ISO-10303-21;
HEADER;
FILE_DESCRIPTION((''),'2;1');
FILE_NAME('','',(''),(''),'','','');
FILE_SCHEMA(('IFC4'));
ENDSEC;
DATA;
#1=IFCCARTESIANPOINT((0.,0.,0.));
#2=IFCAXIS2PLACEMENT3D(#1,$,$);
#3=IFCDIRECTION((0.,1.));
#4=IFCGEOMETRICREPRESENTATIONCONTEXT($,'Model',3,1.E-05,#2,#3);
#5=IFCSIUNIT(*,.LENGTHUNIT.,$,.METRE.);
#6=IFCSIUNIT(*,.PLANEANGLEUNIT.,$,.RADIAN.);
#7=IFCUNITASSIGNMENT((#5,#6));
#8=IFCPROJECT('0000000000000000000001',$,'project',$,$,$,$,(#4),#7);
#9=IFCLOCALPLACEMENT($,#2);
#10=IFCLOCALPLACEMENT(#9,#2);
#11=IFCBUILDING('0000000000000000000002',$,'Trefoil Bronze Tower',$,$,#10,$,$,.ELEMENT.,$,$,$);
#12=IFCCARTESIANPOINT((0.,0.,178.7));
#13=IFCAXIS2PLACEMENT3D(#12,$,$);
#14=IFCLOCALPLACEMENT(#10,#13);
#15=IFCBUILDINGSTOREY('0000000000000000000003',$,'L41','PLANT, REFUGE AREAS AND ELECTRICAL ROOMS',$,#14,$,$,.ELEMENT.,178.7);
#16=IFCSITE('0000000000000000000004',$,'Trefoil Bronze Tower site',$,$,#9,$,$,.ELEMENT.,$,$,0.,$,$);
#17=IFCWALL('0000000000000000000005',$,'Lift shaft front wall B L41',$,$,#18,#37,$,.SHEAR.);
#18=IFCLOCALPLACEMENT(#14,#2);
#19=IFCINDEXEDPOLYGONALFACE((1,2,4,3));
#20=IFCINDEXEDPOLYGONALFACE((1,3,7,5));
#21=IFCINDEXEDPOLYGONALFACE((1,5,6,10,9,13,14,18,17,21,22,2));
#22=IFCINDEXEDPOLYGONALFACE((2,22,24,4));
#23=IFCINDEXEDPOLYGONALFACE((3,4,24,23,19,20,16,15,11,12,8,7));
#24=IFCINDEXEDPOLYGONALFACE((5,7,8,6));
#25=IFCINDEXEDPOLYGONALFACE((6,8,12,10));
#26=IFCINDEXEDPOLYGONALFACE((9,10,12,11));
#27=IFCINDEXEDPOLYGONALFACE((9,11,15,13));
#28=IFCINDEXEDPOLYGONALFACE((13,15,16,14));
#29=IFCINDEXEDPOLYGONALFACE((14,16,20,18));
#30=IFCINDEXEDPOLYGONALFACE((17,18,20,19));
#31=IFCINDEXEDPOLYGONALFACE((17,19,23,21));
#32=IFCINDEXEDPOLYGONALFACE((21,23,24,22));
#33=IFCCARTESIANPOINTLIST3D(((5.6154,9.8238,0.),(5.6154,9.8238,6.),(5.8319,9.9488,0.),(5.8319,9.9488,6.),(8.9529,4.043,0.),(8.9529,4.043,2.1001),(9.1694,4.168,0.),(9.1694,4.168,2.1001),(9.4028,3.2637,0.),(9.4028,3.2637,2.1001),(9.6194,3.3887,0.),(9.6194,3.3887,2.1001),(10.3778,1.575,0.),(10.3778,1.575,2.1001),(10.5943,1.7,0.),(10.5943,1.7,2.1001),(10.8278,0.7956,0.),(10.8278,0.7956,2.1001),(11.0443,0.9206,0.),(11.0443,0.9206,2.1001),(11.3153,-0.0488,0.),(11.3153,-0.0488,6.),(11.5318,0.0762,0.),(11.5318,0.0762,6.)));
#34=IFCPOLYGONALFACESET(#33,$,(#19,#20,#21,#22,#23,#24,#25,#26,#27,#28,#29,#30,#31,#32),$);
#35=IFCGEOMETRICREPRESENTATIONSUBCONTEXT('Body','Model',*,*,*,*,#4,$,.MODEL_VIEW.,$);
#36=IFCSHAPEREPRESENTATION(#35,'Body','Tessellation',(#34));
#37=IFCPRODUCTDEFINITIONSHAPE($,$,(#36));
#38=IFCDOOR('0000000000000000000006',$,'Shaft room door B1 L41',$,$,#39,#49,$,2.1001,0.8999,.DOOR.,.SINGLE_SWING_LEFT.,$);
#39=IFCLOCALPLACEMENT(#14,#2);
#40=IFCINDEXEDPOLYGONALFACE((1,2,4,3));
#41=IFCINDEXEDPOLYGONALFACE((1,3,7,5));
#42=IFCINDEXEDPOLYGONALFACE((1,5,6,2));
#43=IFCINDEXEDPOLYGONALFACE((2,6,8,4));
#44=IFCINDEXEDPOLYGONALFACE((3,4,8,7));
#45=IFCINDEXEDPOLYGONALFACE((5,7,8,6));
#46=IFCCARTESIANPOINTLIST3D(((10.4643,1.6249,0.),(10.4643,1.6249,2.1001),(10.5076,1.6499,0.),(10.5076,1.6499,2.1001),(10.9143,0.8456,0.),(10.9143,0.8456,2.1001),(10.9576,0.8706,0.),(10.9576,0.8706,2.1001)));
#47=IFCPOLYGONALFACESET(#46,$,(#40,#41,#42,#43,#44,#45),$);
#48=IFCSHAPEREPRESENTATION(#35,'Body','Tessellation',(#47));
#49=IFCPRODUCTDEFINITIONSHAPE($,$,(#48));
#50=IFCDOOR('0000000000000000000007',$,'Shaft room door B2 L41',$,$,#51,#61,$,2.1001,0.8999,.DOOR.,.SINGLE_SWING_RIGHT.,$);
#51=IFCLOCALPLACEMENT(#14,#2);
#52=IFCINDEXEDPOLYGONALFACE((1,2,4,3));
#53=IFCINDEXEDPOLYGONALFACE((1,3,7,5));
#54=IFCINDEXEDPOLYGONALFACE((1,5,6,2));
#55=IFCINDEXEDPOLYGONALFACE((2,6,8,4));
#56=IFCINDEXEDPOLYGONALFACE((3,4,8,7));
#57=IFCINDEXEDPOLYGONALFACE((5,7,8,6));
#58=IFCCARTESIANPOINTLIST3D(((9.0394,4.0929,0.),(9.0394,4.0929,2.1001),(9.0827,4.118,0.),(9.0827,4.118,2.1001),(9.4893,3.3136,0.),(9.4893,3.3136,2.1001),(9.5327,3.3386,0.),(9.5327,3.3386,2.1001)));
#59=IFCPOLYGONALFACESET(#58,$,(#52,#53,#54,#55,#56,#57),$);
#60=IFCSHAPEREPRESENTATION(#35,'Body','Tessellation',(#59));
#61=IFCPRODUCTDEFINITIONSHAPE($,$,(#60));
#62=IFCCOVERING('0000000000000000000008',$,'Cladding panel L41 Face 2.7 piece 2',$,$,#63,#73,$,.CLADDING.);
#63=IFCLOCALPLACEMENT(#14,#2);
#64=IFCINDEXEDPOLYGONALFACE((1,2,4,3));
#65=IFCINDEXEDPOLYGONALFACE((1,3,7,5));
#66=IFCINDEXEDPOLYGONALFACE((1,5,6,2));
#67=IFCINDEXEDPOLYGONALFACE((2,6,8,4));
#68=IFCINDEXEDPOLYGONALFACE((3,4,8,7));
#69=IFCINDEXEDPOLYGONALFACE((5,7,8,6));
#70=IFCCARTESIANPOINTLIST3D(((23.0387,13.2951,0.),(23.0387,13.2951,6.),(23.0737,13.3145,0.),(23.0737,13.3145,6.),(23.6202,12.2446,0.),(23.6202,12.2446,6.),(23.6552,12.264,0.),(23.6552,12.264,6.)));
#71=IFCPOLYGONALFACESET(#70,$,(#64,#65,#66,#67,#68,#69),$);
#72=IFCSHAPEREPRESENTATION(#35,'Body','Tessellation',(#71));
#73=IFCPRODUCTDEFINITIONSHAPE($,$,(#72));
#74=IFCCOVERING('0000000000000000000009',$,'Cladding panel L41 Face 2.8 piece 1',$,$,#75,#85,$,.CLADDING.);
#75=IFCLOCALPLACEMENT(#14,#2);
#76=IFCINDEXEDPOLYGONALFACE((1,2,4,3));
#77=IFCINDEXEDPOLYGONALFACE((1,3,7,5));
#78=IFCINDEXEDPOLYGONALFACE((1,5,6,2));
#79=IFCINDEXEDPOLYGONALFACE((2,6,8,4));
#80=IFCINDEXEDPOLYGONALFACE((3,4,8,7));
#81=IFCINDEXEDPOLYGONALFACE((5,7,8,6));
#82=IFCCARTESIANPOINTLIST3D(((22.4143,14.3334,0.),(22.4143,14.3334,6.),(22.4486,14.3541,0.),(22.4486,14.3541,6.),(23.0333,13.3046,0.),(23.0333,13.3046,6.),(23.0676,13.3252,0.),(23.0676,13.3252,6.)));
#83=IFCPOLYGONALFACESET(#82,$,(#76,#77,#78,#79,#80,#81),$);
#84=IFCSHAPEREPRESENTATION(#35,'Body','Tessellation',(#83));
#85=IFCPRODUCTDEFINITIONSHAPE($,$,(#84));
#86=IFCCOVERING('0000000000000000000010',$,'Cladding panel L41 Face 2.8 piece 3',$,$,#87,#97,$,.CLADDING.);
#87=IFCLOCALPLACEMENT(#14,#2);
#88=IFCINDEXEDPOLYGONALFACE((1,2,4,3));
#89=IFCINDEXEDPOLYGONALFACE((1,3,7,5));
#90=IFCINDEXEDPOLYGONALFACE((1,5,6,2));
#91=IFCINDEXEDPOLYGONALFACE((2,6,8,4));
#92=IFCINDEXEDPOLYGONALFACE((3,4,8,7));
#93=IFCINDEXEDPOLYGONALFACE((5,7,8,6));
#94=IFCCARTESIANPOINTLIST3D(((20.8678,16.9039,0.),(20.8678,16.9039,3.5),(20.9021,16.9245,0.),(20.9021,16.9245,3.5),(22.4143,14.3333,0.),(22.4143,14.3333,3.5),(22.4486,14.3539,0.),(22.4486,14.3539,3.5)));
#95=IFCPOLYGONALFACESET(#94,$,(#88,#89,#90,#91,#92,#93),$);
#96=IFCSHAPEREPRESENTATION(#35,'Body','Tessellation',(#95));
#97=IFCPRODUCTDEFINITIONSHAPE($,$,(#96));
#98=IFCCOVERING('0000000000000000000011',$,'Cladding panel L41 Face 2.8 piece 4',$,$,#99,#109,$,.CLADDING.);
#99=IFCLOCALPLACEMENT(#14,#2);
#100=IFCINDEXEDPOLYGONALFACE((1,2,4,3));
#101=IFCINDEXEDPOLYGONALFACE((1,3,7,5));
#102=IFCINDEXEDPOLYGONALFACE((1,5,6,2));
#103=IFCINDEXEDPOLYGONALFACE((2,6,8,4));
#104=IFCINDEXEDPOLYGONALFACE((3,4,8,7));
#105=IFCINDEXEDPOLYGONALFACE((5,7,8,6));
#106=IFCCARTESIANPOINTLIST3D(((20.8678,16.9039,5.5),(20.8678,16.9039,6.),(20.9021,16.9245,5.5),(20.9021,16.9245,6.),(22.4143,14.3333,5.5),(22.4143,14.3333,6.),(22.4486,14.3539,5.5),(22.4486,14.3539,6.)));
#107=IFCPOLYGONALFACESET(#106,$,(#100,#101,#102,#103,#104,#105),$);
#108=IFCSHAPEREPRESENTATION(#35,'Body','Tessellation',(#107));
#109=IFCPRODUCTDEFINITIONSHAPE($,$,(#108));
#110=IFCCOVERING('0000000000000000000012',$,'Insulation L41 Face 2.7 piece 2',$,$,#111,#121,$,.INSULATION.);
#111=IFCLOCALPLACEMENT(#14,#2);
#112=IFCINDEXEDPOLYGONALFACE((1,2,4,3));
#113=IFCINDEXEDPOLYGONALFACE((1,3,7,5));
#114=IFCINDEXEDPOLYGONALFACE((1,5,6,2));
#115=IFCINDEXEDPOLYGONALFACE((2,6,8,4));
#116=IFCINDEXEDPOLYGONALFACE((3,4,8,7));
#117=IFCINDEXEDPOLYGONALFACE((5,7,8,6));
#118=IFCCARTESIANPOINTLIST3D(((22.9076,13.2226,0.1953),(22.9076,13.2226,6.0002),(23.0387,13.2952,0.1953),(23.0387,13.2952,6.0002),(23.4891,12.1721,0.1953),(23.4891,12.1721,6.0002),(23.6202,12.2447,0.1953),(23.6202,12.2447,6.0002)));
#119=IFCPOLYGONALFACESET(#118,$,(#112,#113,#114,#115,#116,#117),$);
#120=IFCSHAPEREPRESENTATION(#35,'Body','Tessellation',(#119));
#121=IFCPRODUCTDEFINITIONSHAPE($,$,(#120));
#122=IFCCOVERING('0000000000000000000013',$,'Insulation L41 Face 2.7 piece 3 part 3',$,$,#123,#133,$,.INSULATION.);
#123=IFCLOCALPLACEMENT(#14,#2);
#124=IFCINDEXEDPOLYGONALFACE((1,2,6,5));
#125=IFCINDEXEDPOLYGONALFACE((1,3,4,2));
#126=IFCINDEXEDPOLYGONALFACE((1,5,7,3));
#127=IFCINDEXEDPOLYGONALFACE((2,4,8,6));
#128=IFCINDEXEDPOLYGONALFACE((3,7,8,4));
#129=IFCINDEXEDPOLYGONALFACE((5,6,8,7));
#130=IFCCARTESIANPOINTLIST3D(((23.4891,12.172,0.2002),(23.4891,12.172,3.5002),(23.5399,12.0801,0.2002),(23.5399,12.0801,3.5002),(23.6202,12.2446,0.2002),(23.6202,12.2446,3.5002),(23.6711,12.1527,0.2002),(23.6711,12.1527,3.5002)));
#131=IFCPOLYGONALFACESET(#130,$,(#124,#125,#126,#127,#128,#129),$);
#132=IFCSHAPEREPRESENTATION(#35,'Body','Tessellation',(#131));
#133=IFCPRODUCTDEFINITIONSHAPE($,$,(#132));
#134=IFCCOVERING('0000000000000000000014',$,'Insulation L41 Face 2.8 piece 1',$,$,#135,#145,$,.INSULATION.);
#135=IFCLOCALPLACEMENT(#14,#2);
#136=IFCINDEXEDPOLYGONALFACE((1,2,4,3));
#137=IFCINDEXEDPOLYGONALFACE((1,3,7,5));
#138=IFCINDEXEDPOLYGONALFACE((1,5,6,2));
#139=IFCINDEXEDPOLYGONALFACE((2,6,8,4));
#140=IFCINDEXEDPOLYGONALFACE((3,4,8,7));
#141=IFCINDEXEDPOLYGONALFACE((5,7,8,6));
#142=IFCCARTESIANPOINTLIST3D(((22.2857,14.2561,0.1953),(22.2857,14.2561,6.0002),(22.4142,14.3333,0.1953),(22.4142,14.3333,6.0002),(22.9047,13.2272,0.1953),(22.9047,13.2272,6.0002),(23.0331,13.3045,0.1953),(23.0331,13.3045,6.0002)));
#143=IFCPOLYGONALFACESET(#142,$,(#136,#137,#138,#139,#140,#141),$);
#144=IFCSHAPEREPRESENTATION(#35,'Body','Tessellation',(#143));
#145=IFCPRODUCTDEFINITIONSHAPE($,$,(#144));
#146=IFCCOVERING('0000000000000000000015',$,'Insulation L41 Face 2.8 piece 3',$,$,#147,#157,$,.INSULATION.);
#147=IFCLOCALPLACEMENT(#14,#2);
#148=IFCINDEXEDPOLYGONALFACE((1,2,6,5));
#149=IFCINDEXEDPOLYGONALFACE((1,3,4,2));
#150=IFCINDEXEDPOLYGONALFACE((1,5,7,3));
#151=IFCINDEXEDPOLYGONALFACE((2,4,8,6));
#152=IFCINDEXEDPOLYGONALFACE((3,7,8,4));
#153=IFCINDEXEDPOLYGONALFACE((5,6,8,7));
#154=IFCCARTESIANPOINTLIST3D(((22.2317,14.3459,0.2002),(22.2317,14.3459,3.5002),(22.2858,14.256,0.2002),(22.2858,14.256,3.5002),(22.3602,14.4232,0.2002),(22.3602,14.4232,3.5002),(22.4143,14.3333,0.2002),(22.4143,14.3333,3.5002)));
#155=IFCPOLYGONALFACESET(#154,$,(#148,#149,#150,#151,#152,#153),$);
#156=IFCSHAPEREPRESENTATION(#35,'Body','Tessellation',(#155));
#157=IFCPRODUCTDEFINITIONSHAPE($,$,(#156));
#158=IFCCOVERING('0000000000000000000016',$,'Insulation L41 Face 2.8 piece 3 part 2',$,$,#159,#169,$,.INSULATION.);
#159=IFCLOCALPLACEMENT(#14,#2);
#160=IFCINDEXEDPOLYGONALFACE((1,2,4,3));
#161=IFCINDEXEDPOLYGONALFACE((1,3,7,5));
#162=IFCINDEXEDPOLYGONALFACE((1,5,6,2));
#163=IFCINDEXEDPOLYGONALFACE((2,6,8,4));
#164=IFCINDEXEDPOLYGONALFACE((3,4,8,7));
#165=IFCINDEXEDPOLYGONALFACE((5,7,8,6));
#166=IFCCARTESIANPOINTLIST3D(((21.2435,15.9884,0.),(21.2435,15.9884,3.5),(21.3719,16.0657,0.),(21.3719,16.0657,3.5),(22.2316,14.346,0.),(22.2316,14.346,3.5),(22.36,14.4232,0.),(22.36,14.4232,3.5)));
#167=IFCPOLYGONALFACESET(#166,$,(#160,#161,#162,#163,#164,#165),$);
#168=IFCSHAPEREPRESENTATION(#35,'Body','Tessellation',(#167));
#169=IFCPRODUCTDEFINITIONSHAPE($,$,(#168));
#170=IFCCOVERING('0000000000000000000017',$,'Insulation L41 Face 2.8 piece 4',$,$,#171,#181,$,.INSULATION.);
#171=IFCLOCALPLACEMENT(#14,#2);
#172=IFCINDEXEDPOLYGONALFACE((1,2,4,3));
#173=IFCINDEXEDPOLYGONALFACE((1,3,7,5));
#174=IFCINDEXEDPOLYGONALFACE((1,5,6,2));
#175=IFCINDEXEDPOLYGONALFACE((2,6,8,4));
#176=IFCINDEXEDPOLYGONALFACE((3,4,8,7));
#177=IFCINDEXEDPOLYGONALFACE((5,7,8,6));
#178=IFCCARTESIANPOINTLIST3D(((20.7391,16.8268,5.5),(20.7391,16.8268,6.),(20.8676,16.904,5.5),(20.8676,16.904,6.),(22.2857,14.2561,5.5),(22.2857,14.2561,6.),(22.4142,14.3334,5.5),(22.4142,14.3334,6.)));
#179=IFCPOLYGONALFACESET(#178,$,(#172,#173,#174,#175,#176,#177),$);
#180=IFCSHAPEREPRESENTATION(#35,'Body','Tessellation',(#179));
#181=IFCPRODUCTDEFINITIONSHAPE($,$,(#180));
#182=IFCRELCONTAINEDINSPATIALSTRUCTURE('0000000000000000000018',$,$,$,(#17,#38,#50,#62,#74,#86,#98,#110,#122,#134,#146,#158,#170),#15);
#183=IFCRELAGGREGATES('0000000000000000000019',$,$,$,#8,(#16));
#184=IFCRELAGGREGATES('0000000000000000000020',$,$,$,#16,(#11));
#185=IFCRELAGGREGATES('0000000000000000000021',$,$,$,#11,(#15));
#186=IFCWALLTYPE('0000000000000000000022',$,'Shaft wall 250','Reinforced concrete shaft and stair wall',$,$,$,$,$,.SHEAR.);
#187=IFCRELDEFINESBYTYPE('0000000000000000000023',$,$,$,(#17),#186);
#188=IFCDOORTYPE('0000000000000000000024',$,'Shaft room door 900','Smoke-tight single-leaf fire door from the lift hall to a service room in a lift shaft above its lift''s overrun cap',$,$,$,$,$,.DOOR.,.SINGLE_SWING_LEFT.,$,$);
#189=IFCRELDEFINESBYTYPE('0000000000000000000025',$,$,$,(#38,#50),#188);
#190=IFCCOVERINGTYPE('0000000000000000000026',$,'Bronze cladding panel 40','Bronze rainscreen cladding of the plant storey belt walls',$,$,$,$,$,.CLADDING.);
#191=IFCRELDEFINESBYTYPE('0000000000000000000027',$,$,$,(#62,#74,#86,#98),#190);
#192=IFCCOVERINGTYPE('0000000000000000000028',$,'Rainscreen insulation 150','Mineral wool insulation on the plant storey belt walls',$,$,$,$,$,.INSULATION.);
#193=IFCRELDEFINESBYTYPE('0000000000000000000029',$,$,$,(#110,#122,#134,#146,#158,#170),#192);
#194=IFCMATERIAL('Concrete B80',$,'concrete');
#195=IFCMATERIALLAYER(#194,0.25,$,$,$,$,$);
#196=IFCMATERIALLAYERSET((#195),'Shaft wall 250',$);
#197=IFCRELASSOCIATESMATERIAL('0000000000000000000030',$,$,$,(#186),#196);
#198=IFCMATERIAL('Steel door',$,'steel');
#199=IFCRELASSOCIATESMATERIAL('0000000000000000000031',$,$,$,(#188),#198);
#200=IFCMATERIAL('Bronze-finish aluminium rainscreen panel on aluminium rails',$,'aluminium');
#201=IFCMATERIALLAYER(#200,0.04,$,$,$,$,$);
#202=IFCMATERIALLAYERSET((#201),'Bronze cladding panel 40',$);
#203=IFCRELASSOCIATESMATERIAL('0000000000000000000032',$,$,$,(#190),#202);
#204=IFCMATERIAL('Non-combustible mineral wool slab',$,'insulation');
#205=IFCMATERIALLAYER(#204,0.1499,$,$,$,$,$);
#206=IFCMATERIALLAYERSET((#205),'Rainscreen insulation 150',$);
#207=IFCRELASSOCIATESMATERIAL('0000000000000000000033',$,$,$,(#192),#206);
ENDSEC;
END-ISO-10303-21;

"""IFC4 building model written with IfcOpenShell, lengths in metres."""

from ifc_helpers import new_model, si_unit, direction, frame, frame_2d, origin, origin_2d, place, context, subcontext, project, spatial, rectangle, extrude, material, layer, layer_set, type_object, element, fill, save


model = new_model("IFC4")

# Units and contexts
model_context = context("Model", 3, precision=1e-05, world=origin(), true_north=direction((0.0, 1.0)))
body_context = subcontext(model_context, "Body", "Model", "MODEL_VIEW")
ifc_project = project(units=[si_unit("LENGTHUNIT", "METRE"), si_unit("PLANEANGLEUNIT", "RADIAN")], contexts=[model_context])

# Site, building, storey
site_placement = place(None, origin())
site = spatial("IfcSite", under=ifc_project, at=site_placement, Name="Trefoil Bronze Tower site", CompositionType="ELEMENT", RefElevation=0.0)
building_placement = place(site_placement, origin())
building = spatial("IfcBuilding", under=site, at=building_placement, Name="Trefoil Bronze Tower", CompositionType="ELEMENT")
storey_placement = place(building_placement, frame((0.0, 0.0, 178.7)))
storey = spatial("IfcBuildingStorey", under=building, at=storey_placement, Name="L41", Description="PLANT, REFUGE AREAS AND ELECTRICAL ROOMS", CompositionType="ELEMENT", Elevation=178.7)

# Wall, openings, doors
ifc_material_1 = material(Name="Concrete B80", Category="concrete")
ifc_layer_1 = layer(ifc_material_1, 0.25)
ifc_layer_set_1 = layer_set([ifc_layer_1], Name="Shaft wall 250")
wall_type_1 = type_object("IfcWallType", Name="Shaft wall 250", Description="Reinforced concrete shaft and stair wall", PredefinedType="SHEAR", material=ifc_layer_set_1)
wall_1_placement = place(storey_placement, frame((11.4236, 0.0137, 0.0), z_axis=(0.0, 0.0, 1.0), x_axis=(-0.500002, 0.866024, 0.0)))
wall_1 = element("IfcWall", 1, at=wall_1_placement, inside=storey, type_object=wall_type_1, Name="Lift shaft front wall B L41", PredefinedType="SHEAR", context=body_context, shape_type="SweptSolid", body=[
    extrude(rectangle(XDim=11.3999, YDim=0.25, at=frame_2d((5.7, 0.0))), origin(), (0.0, 0.0, 1.0), 6.0),
])
opening_1_placement = place(wall_1_placement, frame((0.9751, 0.0, 0.0)))
opening_1 = element("IfcOpeningElement", 2, at=opening_1_placement, cuts=wall_1, PredefinedType="OPENING", context=body_context, shape_type="SweptSolid", body=[
    extrude(rectangle(XDim=0.8999, YDim=2.1001, at=frame_2d((0.45, 1.05))), frame((0.0, 0.135, 0.0), z_axis=(0.0, -1.0, 0.0), x_axis=(1.0, 0.0, 0.0)), (0.0, 0.0, 1.0), 0.27),
])
opening_2_placement = place(wall_1_placement, frame((3.825, 0.0, 0.0)))
opening_2 = element("IfcOpeningElement", 3, at=opening_2_placement, cuts=wall_1, PredefinedType="OPENING", context=body_context, shape_type="SweptSolid", body=[
    extrude(rectangle(XDim=0.8999, YDim=2.1001, at=frame_2d((0.45, 1.05))), frame((0.0, 0.135, 0.0), z_axis=(0.0, -1.0, 0.0), x_axis=(1.0, 0.0, 0.0)), (0.0, 0.0, 1.0), 0.27),
])
ifc_material_2 = material(Name="Steel door", Category="steel")
door_type = type_object("IfcDoorType", Name="Shaft room door 900", Description="Smoke-tight single-leaf fire door from the lift hall to a service room in a lift shaft above its lift's overrun cap", OperationType="SINGLE_SWING_LEFT", PredefinedType="DOOR", material=ifc_material_2)
door_1_placement = place(opening_1_placement, frame((0.8999, 0.0, 0.0), z_axis=(0.0, 0.0, 1.0), x_axis=(-1.0, 0.0, 0.0)))
door_1 = element("IfcDoor", 4, at=door_1_placement, inside=storey, type_object=door_type, Name="Shaft room door B1 L41", OperationType="SINGLE_SWING_LEFT", OverallHeight=2.1001, OverallWidth=0.8999, PredefinedType="DOOR", context=body_context, shape_type="SweptSolid", body=[
    extrude(rectangle(XDim=0.8999, YDim=2.1001, at=frame_2d((0.45, 1.05))), frame((0.0, 0.0249, 0.0), z_axis=(0.0, -1.0, 0.0), x_axis=(1.0, 0.0, 0.0)), (0.0, 0.0, 1.0), 0.05),
])
fill(opening_1, door_1)
door_2_placement = place(opening_2_placement, frame((0.8999, 0.0, 0.0), z_axis=(0.0, 0.0, 1.0), x_axis=(-1.0, 0.0, 0.0)))
door_2 = element("IfcDoor", 5, at=door_2_placement, inside=storey, type_object=door_type, Name="Shaft room door B2 L41", OperationType="SINGLE_SWING_RIGHT", OverallHeight=2.1001, OverallWidth=0.8999, PredefinedType="DOOR", context=body_context, shape_type="SweptSolid", body=[
    extrude(rectangle(XDim=0.8999, YDim=2.1001, at=frame_2d((0.45, 1.05))), frame((0.0, 0.0249, 0.0), z_axis=(0.0, -1.0, 0.0), x_axis=(1.0, 0.0, 0.0)), (0.0, 0.0, 1.0), 0.05),
])
fill(opening_2, door_2)

# Coverings
ifc_material_3 = material(Name="Bronze-finish aluminium rainscreen panel on aluminium rails", Category="aluminium")
ifc_layer_2 = layer(ifc_material_3, 0.04)
ifc_layer_set_2 = layer_set([ifc_layer_2], Name="Bronze cladding panel 40")
covering_type_1 = type_object("IfcCoveringType", Name="Bronze cladding panel 40", Description="Bronze rainscreen cladding of the plant storey belt walls", PredefinedType="CLADDING", material=ifc_layer_set_2)
for number, where, z_axis, x_axis, name in (
    (6, (23.3469, 12.7795, 0.0), (0.0, 0.0, 1.0), (-0.484312, 0.874895, 0.0), "Cladding panel L41 Face 2.7 piece 2"),
    (7, (22.741, 13.8293, 0.0), (0.0, 0.0, 1.0), (-0.515525, 0.856874, 0.0), "Cladding panel L41 Face 2.8 piece 1"),
):
    element("IfcCovering", number, at=place(storey_placement, frame(where, z_axis=z_axis, x_axis=x_axis)), inside=storey, type_object=covering_type_1, Name=name, PredefinedType="CLADDING", context=body_context, shape_type="SweptSolid", body=[
        extrude(rectangle(XDim=1.2007, YDim=0.04, at=origin_2d()), origin(), (0.0, 0.0, 1.0), 6.0),
    ])
covering_1_placement = place(storey_placement, frame((21.6582, 15.6289, 0.0), z_axis=(0.0, 0.0, 1.0), x_axis=(-0.515525, 0.856874, 0.0)))
element("IfcCovering", 8, at=covering_1_placement, inside=storey, type_object=covering_type_1, Name="Cladding panel L41 Face 2.8 piece 3", PredefinedType="CLADDING", context=body_context, shape_type="SweptSolid", body=[
    extrude(rectangle(XDim=3.0, YDim=0.04, at=origin_2d()), origin(), (0.0, 0.0, 1.0), 3.5),
])
covering_2_placement = place(storey_placement, frame((21.6582, 15.6289, 5.5), z_axis=(0.0, 0.0, 1.0), x_axis=(-0.515525, 0.856874, 0.0)))
element("IfcCovering", 9, at=covering_2_placement, inside=storey, type_object=covering_type_1, Name="Cladding panel L41 Face 2.8 piece 4", PredefinedType="CLADDING", context=body_context, shape_type="SweptSolid", body=[
    extrude(rectangle(XDim=3.0, YDim=0.04, at=origin_2d()), origin(), (0.0, 0.0, 1.0), 0.5),
])
ifc_material_4 = material(Name="Non-combustible mineral wool slab", Category="insulation")
ifc_layer_3 = layer(ifc_material_4, 0.1499)
ifc_layer_set_3 = layer_set([ifc_layer_3], Name="Rainscreen insulation 150")
covering_type_2 = type_object("IfcCoveringType", Name="Rainscreen insulation 150", Description="Mineral wool insulation on the plant storey belt walls", PredefinedType="INSULATION", material=ifc_layer_set_3)
covering_3_placement = place(storey_placement, frame((23.2639, 12.7336, 0.1953), z_axis=(0.0, 0.0, 1.0), x_axis=(-0.484312, 0.874895, 0.0)))
element("IfcCovering", 10, at=covering_3_placement, inside=storey, type_object=covering_type_2, Name="Insulation L41 Face 2.7 piece 2", PredefinedType="INSULATION", context=body_context, shape_type="SweptSolid", body=[
    extrude(rectangle(XDim=1.2007, YDim=0.1499, at=origin_2d()), origin(), (0.0, 0.0, 1.0), 5.8049),
])
covering_4_placement = place(storey_placement, frame((23.5801, 12.1624, 0.2002), z_axis=(0.0, 0.0, 1.0), x_axis=(-0.484312, 0.874895, 0.0)))
element("IfcCovering", 11, at=covering_4_placement, inside=storey, type_object=covering_type_2, Name="Insulation L41 Face 2.7 piece 3 part 3", PredefinedType="INSULATION", context=body_context, shape_type="SweptSolid", body=[
    extrude(rectangle(XDim=0.105, YDim=0.1499, at=origin_2d()), origin(), (0.0, 0.0, 1.0), 3.3),
])
covering_5_placement = place(storey_placement, frame((22.6594, 13.7803, 0.1953), z_axis=(0.0, 0.0, 1.0), x_axis=(-0.515525, 0.856874, 0.0)))
element("IfcCovering", 12, at=covering_5_placement, inside=storey, type_object=covering_type_2, Name="Insulation L41 Face 2.8 piece 1", PredefinedType="INSULATION", context=body_context, shape_type="SweptSolid", body=[
    extrude(rectangle(XDim=1.2007, YDim=0.1499, at=origin_2d()), origin(), (0.0, 0.0, 1.0), 5.8049),
])
covering_6_placement = place(storey_placement, frame((22.323, 14.3396, 0.2002), z_axis=(0.0, 0.0, 1.0), x_axis=(-0.515525, 0.856874, 0.0)))
element("IfcCovering", 13, at=covering_6_placement, inside=storey, type_object=covering_type_2, Name="Insulation L41 Face 2.8 piece 3", PredefinedType="INSULATION", context=body_context, shape_type="SweptSolid", body=[
    extrude(rectangle(XDim=0.105, YDim=0.1499, at=origin_2d()), origin(), (0.0, 0.0, 1.0), 3.3),
])
covering_7_placement = place(storey_placement, frame((21.8018, 15.2058, 0.0), z_axis=(0.0, 0.0, 1.0), x_axis=(-0.515525, 0.856874, 0.0)))
element("IfcCovering", 14, at=covering_7_placement, inside=storey, type_object=covering_type_2, Name="Insulation L41 Face 2.8 piece 3 part 2", PredefinedType="INSULATION", context=body_context, shape_type="SweptSolid", body=[
    extrude(rectangle(XDim=1.9167, YDim=0.1499, at=origin_2d()), origin(), (0.0, 0.0, 1.0), 3.5),
])
covering_8_placement = place(storey_placement, frame((21.5767, 15.5801, 5.5), z_axis=(0.0, 0.0, 1.0), x_axis=(-0.515525, 0.856874, 0.0)))
element("IfcCovering", 15, at=covering_8_placement, inside=storey, type_object=covering_type_2, Name="Insulation L41 Face 2.8 piece 4", PredefinedType="INSULATION", context=body_context, shape_type="SweptSolid", body=[
    extrude(rectangle(XDim=3.0, YDim=0.1499, at=origin_2d()), origin(), (0.0, 0.0, 1.0), 0.5),
])

save(model, "model.ifc")
